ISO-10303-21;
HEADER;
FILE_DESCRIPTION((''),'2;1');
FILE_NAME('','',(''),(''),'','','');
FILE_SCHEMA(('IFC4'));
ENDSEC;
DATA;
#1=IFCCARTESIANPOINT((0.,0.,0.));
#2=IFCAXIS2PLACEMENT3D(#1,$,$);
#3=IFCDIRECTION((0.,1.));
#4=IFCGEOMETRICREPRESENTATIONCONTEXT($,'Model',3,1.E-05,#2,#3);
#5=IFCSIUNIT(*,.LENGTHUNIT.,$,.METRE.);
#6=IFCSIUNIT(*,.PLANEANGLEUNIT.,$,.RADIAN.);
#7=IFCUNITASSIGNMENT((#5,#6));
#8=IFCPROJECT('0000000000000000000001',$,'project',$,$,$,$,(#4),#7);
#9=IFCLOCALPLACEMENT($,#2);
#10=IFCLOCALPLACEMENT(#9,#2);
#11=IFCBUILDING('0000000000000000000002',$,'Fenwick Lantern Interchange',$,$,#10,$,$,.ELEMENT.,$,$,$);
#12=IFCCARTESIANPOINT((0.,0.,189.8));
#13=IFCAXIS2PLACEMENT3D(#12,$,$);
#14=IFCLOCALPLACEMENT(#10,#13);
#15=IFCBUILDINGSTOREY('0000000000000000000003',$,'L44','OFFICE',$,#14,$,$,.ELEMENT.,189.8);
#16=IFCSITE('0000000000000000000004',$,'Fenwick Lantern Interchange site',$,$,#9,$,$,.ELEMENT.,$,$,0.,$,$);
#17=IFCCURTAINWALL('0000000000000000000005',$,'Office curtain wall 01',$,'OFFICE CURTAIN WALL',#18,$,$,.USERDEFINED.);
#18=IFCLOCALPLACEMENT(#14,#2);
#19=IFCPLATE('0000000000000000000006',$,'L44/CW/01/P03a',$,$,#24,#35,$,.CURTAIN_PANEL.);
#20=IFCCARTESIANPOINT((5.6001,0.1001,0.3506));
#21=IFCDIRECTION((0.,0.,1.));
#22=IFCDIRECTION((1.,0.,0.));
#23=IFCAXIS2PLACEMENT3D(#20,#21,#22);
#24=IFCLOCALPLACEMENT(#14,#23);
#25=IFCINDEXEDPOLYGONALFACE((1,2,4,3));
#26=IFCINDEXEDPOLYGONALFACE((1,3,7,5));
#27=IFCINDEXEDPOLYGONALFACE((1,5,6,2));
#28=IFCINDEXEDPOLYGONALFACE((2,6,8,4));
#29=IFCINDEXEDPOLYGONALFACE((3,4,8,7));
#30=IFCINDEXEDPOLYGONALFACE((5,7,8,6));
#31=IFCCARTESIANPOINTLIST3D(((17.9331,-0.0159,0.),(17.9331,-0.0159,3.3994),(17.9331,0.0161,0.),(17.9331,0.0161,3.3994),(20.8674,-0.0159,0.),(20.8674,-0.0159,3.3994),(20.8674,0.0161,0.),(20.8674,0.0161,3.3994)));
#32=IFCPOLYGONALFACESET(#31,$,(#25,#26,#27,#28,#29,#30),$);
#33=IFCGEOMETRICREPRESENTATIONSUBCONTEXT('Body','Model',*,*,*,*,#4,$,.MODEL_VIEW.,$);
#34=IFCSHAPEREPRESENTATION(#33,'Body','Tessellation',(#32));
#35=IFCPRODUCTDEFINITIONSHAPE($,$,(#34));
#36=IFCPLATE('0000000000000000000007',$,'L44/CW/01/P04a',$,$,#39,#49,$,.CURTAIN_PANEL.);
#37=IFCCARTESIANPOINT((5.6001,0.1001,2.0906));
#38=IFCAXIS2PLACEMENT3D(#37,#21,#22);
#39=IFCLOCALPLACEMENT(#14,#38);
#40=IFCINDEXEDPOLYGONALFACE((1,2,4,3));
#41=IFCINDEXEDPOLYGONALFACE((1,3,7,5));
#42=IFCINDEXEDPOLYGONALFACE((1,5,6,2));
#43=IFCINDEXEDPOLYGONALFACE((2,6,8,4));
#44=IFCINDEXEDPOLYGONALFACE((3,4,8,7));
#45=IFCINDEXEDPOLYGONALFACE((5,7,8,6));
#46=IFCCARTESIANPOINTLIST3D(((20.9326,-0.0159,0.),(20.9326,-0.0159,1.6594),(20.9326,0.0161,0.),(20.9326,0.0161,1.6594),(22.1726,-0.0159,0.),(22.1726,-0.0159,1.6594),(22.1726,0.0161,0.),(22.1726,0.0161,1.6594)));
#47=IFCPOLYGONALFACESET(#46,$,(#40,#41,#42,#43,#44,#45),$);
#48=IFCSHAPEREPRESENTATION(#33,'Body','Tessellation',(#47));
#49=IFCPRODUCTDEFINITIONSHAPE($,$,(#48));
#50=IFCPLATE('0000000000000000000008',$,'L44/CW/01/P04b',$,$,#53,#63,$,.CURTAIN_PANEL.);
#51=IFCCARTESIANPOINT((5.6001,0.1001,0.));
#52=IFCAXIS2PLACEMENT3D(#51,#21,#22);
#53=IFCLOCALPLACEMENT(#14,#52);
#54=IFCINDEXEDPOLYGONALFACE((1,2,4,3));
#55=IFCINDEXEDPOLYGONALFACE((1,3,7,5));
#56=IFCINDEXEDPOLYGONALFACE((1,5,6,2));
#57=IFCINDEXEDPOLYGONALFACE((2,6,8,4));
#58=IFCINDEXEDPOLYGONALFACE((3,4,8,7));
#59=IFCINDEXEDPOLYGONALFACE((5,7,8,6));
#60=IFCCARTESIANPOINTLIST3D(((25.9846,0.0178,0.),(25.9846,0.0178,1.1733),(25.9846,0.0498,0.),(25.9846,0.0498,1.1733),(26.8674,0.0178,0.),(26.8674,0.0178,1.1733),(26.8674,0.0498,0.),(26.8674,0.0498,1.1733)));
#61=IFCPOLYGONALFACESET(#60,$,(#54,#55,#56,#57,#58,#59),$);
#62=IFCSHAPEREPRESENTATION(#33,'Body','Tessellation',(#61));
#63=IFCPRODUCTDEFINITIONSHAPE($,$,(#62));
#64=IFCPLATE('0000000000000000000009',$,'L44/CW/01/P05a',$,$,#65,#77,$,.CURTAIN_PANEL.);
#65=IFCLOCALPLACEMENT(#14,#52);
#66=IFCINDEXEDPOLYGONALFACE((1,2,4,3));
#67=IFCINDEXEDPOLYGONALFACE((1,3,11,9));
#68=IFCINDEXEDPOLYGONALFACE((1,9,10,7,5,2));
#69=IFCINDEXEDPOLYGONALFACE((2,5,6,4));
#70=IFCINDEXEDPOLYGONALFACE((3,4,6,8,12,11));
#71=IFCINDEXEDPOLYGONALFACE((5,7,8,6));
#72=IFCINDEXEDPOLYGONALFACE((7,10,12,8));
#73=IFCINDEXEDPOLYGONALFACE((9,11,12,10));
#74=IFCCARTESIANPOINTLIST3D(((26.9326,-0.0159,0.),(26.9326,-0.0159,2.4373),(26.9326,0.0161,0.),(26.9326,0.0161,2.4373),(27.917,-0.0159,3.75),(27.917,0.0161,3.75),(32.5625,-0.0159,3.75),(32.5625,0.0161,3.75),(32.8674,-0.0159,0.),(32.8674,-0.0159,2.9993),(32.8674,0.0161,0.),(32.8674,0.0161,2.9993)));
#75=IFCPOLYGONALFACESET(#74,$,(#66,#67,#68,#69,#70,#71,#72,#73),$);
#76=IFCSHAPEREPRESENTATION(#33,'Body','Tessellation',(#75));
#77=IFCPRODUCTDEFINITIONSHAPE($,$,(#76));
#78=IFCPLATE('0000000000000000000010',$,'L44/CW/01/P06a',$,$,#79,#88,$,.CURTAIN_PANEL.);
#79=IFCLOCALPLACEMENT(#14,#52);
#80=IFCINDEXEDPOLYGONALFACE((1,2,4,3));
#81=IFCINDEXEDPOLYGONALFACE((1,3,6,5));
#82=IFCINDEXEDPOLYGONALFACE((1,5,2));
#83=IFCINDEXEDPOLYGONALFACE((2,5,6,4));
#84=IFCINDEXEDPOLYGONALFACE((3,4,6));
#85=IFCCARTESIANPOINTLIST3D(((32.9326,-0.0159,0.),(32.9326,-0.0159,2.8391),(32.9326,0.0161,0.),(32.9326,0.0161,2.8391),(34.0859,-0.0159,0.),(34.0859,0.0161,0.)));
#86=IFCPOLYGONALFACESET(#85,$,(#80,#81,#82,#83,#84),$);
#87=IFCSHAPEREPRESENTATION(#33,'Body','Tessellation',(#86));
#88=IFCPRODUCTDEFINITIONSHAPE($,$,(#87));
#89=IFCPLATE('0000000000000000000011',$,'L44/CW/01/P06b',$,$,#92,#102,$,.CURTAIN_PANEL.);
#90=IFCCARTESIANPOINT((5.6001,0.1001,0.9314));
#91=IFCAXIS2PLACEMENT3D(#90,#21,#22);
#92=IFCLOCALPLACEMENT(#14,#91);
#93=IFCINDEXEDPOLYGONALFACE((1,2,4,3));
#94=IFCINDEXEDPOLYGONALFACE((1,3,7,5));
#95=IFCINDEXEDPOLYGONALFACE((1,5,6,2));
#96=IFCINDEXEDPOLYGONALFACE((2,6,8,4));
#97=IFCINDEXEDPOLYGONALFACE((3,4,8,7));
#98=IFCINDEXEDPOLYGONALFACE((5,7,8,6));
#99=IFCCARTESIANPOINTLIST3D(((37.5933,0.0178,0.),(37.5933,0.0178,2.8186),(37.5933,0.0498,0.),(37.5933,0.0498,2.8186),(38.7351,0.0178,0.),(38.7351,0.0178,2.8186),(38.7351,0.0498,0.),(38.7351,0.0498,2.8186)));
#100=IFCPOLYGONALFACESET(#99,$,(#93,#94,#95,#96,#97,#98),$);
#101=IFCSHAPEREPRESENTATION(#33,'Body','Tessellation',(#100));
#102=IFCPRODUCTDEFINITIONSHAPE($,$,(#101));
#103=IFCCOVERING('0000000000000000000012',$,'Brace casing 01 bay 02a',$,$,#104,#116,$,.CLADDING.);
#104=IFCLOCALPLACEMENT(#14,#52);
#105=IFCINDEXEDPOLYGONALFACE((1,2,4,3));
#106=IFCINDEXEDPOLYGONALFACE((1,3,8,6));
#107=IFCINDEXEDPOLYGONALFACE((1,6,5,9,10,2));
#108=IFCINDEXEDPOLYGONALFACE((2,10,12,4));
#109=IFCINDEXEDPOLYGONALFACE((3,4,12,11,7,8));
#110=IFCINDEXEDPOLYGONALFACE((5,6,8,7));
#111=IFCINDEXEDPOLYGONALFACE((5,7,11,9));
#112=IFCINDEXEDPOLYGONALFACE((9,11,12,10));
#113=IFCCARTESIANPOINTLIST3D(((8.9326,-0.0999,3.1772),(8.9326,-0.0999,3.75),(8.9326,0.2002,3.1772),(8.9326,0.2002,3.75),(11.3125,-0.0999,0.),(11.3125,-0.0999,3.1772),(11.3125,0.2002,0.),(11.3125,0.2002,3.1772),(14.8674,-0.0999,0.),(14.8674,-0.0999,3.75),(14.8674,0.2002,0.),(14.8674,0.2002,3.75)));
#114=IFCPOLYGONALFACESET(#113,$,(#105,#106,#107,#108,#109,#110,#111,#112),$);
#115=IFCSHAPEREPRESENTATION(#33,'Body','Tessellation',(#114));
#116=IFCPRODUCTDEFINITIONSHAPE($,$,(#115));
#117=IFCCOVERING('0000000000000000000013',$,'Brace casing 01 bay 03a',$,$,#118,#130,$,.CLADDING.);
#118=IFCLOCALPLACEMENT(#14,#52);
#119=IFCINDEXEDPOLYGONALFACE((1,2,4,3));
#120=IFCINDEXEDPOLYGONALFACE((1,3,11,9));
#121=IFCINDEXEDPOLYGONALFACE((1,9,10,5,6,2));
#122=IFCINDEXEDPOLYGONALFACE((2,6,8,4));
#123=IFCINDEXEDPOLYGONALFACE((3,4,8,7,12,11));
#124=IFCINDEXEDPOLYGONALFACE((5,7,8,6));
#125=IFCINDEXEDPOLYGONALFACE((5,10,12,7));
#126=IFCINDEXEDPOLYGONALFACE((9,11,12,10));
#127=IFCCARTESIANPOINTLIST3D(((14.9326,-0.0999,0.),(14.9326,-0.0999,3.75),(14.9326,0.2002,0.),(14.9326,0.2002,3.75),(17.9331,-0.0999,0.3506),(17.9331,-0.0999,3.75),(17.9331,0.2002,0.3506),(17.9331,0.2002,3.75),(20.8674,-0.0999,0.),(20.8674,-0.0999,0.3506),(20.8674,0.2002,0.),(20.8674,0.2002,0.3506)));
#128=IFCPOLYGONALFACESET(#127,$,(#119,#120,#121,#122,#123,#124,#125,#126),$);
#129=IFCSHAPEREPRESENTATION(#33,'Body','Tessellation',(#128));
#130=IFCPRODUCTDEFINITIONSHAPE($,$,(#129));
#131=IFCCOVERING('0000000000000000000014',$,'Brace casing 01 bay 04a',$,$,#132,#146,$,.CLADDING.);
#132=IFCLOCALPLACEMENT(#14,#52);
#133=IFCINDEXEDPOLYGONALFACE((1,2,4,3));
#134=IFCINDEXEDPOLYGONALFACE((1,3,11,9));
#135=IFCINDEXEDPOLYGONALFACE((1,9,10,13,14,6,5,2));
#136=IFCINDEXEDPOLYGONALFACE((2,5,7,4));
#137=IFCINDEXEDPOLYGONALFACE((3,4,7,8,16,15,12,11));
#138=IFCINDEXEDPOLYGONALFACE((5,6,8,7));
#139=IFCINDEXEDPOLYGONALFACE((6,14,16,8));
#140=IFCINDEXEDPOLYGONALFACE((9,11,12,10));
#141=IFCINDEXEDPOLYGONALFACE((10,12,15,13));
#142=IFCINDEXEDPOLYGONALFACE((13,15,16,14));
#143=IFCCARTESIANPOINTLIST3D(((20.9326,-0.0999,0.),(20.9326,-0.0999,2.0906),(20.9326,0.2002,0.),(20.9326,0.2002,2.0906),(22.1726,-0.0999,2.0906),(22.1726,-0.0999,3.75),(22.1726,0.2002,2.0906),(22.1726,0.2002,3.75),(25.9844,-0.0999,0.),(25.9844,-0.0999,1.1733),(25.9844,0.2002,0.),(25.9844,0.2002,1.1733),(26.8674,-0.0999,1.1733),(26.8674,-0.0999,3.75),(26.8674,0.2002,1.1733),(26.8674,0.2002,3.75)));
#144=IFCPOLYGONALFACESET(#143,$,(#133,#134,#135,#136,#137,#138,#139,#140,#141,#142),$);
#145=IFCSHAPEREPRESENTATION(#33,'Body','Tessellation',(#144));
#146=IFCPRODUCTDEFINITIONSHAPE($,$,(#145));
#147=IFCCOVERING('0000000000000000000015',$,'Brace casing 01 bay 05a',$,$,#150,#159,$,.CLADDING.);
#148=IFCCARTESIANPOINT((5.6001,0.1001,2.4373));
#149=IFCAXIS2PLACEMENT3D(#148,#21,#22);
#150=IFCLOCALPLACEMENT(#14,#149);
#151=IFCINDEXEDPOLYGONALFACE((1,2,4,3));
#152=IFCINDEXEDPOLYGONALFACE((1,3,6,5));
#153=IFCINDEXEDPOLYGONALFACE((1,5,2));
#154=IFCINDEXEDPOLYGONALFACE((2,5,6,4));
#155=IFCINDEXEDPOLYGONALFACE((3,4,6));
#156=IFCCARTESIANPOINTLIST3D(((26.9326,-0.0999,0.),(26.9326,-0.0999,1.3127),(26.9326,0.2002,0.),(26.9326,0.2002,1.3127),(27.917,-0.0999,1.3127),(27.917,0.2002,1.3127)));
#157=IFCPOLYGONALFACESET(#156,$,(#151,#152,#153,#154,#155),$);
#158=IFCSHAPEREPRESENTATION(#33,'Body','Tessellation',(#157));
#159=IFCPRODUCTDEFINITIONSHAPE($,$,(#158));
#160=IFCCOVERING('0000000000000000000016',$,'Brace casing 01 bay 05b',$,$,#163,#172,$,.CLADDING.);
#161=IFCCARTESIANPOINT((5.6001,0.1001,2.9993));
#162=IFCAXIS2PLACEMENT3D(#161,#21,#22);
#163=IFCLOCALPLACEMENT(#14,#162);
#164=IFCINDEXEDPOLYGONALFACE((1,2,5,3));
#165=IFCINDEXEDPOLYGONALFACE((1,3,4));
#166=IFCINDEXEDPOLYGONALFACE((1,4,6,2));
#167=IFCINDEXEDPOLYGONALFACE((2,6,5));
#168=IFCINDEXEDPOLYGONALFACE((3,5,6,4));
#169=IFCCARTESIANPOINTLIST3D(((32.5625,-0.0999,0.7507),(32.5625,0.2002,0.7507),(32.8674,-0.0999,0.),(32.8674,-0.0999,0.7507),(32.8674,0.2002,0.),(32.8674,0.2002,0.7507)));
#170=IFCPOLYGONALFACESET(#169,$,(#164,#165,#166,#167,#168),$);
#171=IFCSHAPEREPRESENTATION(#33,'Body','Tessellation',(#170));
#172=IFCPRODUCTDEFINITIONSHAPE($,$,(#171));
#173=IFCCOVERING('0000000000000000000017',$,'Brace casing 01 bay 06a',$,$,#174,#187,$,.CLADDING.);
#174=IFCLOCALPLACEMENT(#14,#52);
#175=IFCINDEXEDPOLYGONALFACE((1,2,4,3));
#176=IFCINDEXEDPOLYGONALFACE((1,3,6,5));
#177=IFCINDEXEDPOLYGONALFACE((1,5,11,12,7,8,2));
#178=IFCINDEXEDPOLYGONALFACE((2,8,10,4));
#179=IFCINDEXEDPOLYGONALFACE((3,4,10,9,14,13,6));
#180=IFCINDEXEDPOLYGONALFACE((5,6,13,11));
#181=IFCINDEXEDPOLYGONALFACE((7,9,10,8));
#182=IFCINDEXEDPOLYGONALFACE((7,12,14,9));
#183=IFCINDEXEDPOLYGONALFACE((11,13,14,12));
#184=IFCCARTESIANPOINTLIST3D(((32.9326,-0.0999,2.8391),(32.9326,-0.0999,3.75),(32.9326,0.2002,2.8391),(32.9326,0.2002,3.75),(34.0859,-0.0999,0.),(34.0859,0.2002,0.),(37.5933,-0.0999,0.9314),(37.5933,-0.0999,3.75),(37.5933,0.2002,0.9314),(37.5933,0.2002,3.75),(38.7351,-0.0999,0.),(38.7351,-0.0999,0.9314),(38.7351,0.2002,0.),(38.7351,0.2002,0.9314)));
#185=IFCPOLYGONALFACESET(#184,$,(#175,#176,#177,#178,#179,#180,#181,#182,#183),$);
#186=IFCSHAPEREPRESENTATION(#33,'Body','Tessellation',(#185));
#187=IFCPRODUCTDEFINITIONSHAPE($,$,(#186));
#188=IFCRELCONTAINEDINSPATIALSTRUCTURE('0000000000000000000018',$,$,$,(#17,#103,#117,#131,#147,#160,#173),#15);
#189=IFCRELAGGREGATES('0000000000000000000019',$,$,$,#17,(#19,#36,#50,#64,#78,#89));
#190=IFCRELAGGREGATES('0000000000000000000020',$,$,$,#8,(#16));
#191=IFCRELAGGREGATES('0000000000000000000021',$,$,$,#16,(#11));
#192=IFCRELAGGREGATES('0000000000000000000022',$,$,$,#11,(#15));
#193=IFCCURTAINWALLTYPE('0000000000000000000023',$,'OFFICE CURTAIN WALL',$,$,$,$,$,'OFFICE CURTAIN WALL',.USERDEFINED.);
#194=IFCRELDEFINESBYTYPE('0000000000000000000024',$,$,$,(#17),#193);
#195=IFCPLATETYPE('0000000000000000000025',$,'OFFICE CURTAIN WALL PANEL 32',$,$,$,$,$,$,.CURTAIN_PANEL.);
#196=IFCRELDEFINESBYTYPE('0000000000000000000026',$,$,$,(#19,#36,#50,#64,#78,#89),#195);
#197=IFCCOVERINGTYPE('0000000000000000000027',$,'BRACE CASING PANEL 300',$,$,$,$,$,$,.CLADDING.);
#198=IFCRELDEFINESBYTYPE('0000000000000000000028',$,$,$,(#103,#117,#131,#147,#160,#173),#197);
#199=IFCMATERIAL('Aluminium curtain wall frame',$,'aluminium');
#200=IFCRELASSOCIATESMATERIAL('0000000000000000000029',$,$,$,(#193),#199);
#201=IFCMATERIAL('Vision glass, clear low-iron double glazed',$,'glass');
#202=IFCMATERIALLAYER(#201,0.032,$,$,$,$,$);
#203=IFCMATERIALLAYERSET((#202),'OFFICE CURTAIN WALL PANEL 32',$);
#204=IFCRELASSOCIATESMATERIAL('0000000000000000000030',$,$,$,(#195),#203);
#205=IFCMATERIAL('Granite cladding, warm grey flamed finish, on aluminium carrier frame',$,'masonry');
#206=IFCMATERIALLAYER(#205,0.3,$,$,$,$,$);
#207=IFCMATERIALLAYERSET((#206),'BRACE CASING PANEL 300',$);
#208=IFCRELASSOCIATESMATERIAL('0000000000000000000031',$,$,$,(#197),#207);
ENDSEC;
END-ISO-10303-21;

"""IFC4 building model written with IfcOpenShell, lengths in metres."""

from ifc_helpers import new_model, si_unit, direction, frame, origin, place, context, subcontext, project, spatial, polyline, outline, extrude, material, layer, layer_set, type_object, element, aggregate, save


model = new_model("IFC4")

# Units and contexts
model_context = context("Model", 3, precision=1e-05, world=origin(), true_north=direction((0.0, 1.0)))
body_context = subcontext(model_context, "Body", "Model", "MODEL_VIEW")
ifc_project = project(units=[si_unit("LENGTHUNIT", "METRE"), si_unit("PLANEANGLEUNIT", "RADIAN")], contexts=[model_context])

# Site, building, storey
site_placement = place(None, origin())
site = spatial("IfcSite", under=ifc_project, at=site_placement, Name="Fenwick Lantern Interchange site", CompositionType="ELEMENT", RefElevation=0.0)
building_placement = place(site_placement, origin())
building = spatial("IfcBuilding", under=site, at=building_placement, Name="Fenwick Lantern Interchange", CompositionType="ELEMENT")
storey_placement = place(building_placement, frame((0.0, 0.0, 189.8)))
storey = spatial("IfcBuildingStorey", under=building, at=storey_placement, Name="L44", Description="OFFICE", CompositionType="ELEMENT", Elevation=189.8)

# Curtain wall
ifc_material_1 = material(Name="Aluminium curtain wall frame", Category="aluminium")
curtain_wall_type = type_object("IfcCurtainWallType", Name="OFFICE CURTAIN WALL", ElementType="OFFICE CURTAIN WALL", PredefinedType="USERDEFINED", material=ifc_material_1)
curtain_wall_1_placement = place(storey_placement, origin())
curtain_wall_1 = element("IfcCurtainWall", 1, at=curtain_wall_1_placement, inside=storey, type_object=curtain_wall_type, Name="Office curtain wall 01", ObjectType="OFFICE CURTAIN WALL", PredefinedType="USERDEFINED")

# Plates
ifc_material_2 = material(Name="Vision glass, clear low-iron double glazed", Category="glass")
ifc_layer_1 = layer(ifc_material_2, 0.032)
ifc_layer_set_1 = layer_set([ifc_layer_1], Name="OFFICE CURTAIN WALL PANEL 32")
plate_type = type_object("IfcPlateType", Name="OFFICE CURTAIN WALL PANEL 32", PredefinedType="CURTAIN_PANEL", material=ifc_layer_set_1)
plate_1_placement = place(storey_placement, frame((5.6001, 0.1001, 0.3506), z_axis=(0.0, 0.0, 1.0), x_axis=(1.0, 0.0, 0.0)))
plate_1 = element("IfcPlate", 2, at=plate_1_placement, type_object=plate_type, Name="L44/CW/01/P03a", PredefinedType="CURTAIN_PANEL", context=body_context, shape_type="SweptSolid", body=[
    extrude(outline(polyline([(17.9331, 0.0), (20.8674, 0.0), (20.8674, 3.3994), (17.9331, 3.3994), (17.9331, 0.0)])), frame((0.0, 0.0161, 0.0), z_axis=(0.0, -1.0, 0.0), x_axis=(1.0, 0.0, 0.0)), (0.0, 0.0, 1.0), 0.032),
])
plate_2_placement = place(storey_placement, frame((5.6001, 0.1001, 2.0906), z_axis=(0.0, 0.0, 1.0), x_axis=(1.0, 0.0, 0.0)))
plate_2 = element("IfcPlate", 3, at=plate_2_placement, type_object=plate_type, Name="L44/CW/01/P04a", PredefinedType="CURTAIN_PANEL", context=body_context, shape_type="SweptSolid", body=[
    extrude(outline(polyline([(20.9326, 0.0), (22.1726, 0.0), (22.1726, 1.6594), (20.9326, 1.6594), (20.9326, 0.0)])), frame((0.0, 0.0161, 0.0), z_axis=(0.0, -1.0, 0.0), x_axis=(1.0, 0.0, 0.0)), (0.0, 0.0, 1.0), 0.032),
])
plate_3_placement = place(storey_placement, frame((5.6001, 0.1001, 0.0), z_axis=(0.0, 0.0, 1.0), x_axis=(1.0, 0.0, 0.0)))
plate_3 = element("IfcPlate", 4, at=plate_3_placement, type_object=plate_type, Name="L44/CW/01/P04b", PredefinedType="CURTAIN_PANEL", context=body_context, shape_type="SweptSolid", body=[
    extrude(outline(polyline([(25.9846, 0.0), (26.8674, 0.0), (26.8674, 1.1733), (25.9846, 1.1733), (25.9846, 0.0)])), frame((0.0, 0.0498, 0.0), z_axis=(0.0, -1.0, 0.0), x_axis=(1.0, 0.0, 0.0)), (0.0, 0.0, 1.0), 0.032),
])
plate_4_placement = place(storey_placement, frame((5.6001, 0.1001, 0.0), z_axis=(0.0, 0.0, 1.0), x_axis=(1.0, 0.0, 0.0)))
plate_4 = element("IfcPlate", 5, at=plate_4_placement, type_object=plate_type, Name="L44/CW/01/P05a", PredefinedType="CURTAIN_PANEL", context=body_context, shape_type="SweptSolid", body=[
    extrude(outline(polyline([(26.9326, 0.0), (32.8674, 0.0), (32.8674, 2.9993), (32.5625, 3.75), (27.917, 3.75), (26.9326, 2.4373), (26.9326, 0.0)])), frame((0.0, 0.0161, 0.0), z_axis=(0.0, -1.0, 0.0), x_axis=(1.0, 0.0, 0.0)), (0.0, 0.0, 1.0), 0.032),
])
plate_5_placement = place(storey_placement, frame((5.6001, 0.1001, 0.0), z_axis=(0.0, 0.0, 1.0), x_axis=(1.0, 0.0, 0.0)))
plate_5 = element("IfcPlate", 6, at=plate_5_placement, type_object=plate_type, Name="L44/CW/01/P06a", PredefinedType="CURTAIN_PANEL", context=body_context, shape_type="SweptSolid", body=[
    extrude(outline(polyline([(32.9326, 0.0), (34.0859, 0.0), (32.9326, 2.8391), (32.9326, 0.0)])), frame((0.0, 0.0161, 0.0), z_axis=(0.0, -1.0, 0.0), x_axis=(1.0, 0.0, 0.0)), (0.0, 0.0, 1.0), 0.032),
])
plate_6_placement = place(storey_placement, frame((5.6001, 0.1001, 0.9314), z_axis=(0.0, 0.0, 1.0), x_axis=(1.0, 0.0, 0.0)))
plate_6 = element("IfcPlate", 7, at=plate_6_placement, type_object=plate_type, Name="L44/CW/01/P06b", PredefinedType="CURTAIN_PANEL", context=body_context, shape_type="SweptSolid", body=[
    extrude(outline(polyline([(37.5933, 0.0), (38.7351, 0.0), (38.7351, 2.8186), (37.5933, 2.8186), (37.5933, 0.0)])), frame((0.0, 0.0498, 0.0), z_axis=(0.0, -1.0, 0.0), x_axis=(1.0, 0.0, 0.0)), (0.0, 0.0, 1.0), 0.032),
])
aggregate(curtain_wall_1, [plate_1, plate_2, plate_3, plate_4, plate_5, plate_6])

# Coverings
ifc_material_3 = material(Name="Granite cladding, warm grey flamed finish, on aluminium carrier frame", Category="masonry")
ifc_layer_2 = layer(ifc_material_3, 0.3)
ifc_layer_set_2 = layer_set([ifc_layer_2], Name="BRACE CASING PANEL 300")
covering_type = type_object("IfcCoveringType", Name="BRACE CASING PANEL 300", PredefinedType="CLADDING", material=ifc_layer_set_2)
covering_1_placement = place(storey_placement, frame((5.6001, 0.1001, 0.0), z_axis=(0.0, 0.0, 1.0), x_axis=(1.0, 0.0, 0.0)))
element("IfcCovering", 8, at=covering_1_placement, inside=storey, type_object=covering_type, Name="Brace casing 01 bay 02a", PredefinedType="CLADDING", context=body_context, shape_type="SweptSolid", body=[
    extrude(outline(polyline([(11.3125, 0.0), (14.8674, 0.0), (14.8674, 3.75), (8.9326, 3.75), (8.9326, 3.1772), (11.3125, 3.1772), (11.3125, 0.0)])), frame((0.0, 0.2002, 0.0), z_axis=(0.0, -1.0, 0.0), x_axis=(1.0, 0.0, 0.0)), (0.0, 0.0, 1.0), 0.3),
])
covering_2_placement = place(storey_placement, frame((5.6001, 0.1001, 0.0), z_axis=(0.0, 0.0, 1.0), x_axis=(1.0, 0.0, 0.0)))
element("IfcCovering", 9, at=covering_2_placement, inside=storey, type_object=covering_type, Name="Brace casing 01 bay 03a", PredefinedType="CLADDING", context=body_context, shape_type="SweptSolid", body=[
    extrude(outline(polyline([(14.9326, 0.0), (20.8674, 0.0), (20.8674, 0.3506), (17.9331, 0.3506), (17.9331, 3.75), (14.9326, 3.75), (14.9326, 0.0)])), frame((0.0, 0.2002, 0.0), z_axis=(0.0, -1.0, 0.0), x_axis=(1.0, 0.0, 0.0)), (0.0, 0.0, 1.0), 0.3),
])
covering_3_placement = place(storey_placement, frame((5.6001, 0.1001, 0.0), z_axis=(0.0, 0.0, 1.0), x_axis=(1.0, 0.0, 0.0)))
element("IfcCovering", 10, at=covering_3_placement, inside=storey, type_object=covering_type, Name="Brace casing 01 bay 04a", PredefinedType="CLADDING", context=body_context, shape_type="SweptSolid", body=[
    extrude(outline(polyline([(20.9326, 0.0), (25.9844, 0.0), (25.9844, 1.1733), (26.8674, 1.1733), (26.8674, 3.75), (22.1726, 3.75), (22.1726, 2.0906), (20.9326, 2.0906), (20.9326, 0.0)])), frame((0.0, 0.2002, 0.0), z_axis=(0.0, -1.0, 0.0), x_axis=(1.0, 0.0, 0.0)), (0.0, 0.0, 1.0), 0.3),
])
covering_4_placement = place(storey_placement, frame((5.6001, 0.1001, 2.4373), z_axis=(0.0, 0.0, 1.0), x_axis=(1.0, 0.0, 0.0)))
element("IfcCovering", 11, at=covering_4_placement, inside=storey, type_object=covering_type, Name="Brace casing 01 bay 05a", PredefinedType="CLADDING", context=body_context, shape_type="SweptSolid", body=[
    extrude(outline(polyline([(26.9326, 0.0), (27.917, 1.3127), (26.9326, 1.3127), (26.9326, 0.0)])), frame((0.0, 0.2002, 0.0), z_axis=(0.0, -1.0, 0.0), x_axis=(1.0, 0.0, 0.0)), (0.0, 0.0, 1.0), 0.3),
])
covering_5_placement = place(storey_placement, frame((5.6001, 0.1001, 2.9993), z_axis=(0.0, 0.0, 1.0), x_axis=(1.0, 0.0, 0.0)))
element("IfcCovering", 12, at=covering_5_placement, inside=storey, type_object=covering_type, Name="Brace casing 01 bay 05b", PredefinedType="CLADDING", context=body_context, shape_type="SweptSolid", body=[
    extrude(outline(polyline([(32.8674, 0.0), (32.8674, 0.7507), (32.5625, 0.7507), (32.8674, 0.0)])), frame((0.0, 0.2002, 0.0), z_axis=(0.0, -1.0, 0.0), x_axis=(1.0, 0.0, 0.0)), (0.0, 0.0, 1.0), 0.3),
])
covering_6_placement = place(storey_placement, frame((5.6001, 0.1001, 0.0), z_axis=(0.0, 0.0, 1.0), x_axis=(1.0, 0.0, 0.0)))
element("IfcCovering", 13, at=covering_6_placement, inside=storey, type_object=covering_type, Name="Brace casing 01 bay 06a", PredefinedType="CLADDING", context=body_context, shape_type="SweptSolid", body=[
    extrude(outline(polyline([(34.0859, 0.0), (38.7351, 0.0), (38.7351, 0.9314), (37.5933, 0.9314), (37.5933, 3.75), (32.9326, 3.75), (32.9326, 2.8391), (34.0859, 0.0)])), frame((0.0, 0.2002, 0.0), z_axis=(0.0, -1.0, 0.0), x_axis=(1.0, 0.0, 0.0)), (0.0, 0.0, 1.0), 0.3),
])

save(model, "model.ifc")
